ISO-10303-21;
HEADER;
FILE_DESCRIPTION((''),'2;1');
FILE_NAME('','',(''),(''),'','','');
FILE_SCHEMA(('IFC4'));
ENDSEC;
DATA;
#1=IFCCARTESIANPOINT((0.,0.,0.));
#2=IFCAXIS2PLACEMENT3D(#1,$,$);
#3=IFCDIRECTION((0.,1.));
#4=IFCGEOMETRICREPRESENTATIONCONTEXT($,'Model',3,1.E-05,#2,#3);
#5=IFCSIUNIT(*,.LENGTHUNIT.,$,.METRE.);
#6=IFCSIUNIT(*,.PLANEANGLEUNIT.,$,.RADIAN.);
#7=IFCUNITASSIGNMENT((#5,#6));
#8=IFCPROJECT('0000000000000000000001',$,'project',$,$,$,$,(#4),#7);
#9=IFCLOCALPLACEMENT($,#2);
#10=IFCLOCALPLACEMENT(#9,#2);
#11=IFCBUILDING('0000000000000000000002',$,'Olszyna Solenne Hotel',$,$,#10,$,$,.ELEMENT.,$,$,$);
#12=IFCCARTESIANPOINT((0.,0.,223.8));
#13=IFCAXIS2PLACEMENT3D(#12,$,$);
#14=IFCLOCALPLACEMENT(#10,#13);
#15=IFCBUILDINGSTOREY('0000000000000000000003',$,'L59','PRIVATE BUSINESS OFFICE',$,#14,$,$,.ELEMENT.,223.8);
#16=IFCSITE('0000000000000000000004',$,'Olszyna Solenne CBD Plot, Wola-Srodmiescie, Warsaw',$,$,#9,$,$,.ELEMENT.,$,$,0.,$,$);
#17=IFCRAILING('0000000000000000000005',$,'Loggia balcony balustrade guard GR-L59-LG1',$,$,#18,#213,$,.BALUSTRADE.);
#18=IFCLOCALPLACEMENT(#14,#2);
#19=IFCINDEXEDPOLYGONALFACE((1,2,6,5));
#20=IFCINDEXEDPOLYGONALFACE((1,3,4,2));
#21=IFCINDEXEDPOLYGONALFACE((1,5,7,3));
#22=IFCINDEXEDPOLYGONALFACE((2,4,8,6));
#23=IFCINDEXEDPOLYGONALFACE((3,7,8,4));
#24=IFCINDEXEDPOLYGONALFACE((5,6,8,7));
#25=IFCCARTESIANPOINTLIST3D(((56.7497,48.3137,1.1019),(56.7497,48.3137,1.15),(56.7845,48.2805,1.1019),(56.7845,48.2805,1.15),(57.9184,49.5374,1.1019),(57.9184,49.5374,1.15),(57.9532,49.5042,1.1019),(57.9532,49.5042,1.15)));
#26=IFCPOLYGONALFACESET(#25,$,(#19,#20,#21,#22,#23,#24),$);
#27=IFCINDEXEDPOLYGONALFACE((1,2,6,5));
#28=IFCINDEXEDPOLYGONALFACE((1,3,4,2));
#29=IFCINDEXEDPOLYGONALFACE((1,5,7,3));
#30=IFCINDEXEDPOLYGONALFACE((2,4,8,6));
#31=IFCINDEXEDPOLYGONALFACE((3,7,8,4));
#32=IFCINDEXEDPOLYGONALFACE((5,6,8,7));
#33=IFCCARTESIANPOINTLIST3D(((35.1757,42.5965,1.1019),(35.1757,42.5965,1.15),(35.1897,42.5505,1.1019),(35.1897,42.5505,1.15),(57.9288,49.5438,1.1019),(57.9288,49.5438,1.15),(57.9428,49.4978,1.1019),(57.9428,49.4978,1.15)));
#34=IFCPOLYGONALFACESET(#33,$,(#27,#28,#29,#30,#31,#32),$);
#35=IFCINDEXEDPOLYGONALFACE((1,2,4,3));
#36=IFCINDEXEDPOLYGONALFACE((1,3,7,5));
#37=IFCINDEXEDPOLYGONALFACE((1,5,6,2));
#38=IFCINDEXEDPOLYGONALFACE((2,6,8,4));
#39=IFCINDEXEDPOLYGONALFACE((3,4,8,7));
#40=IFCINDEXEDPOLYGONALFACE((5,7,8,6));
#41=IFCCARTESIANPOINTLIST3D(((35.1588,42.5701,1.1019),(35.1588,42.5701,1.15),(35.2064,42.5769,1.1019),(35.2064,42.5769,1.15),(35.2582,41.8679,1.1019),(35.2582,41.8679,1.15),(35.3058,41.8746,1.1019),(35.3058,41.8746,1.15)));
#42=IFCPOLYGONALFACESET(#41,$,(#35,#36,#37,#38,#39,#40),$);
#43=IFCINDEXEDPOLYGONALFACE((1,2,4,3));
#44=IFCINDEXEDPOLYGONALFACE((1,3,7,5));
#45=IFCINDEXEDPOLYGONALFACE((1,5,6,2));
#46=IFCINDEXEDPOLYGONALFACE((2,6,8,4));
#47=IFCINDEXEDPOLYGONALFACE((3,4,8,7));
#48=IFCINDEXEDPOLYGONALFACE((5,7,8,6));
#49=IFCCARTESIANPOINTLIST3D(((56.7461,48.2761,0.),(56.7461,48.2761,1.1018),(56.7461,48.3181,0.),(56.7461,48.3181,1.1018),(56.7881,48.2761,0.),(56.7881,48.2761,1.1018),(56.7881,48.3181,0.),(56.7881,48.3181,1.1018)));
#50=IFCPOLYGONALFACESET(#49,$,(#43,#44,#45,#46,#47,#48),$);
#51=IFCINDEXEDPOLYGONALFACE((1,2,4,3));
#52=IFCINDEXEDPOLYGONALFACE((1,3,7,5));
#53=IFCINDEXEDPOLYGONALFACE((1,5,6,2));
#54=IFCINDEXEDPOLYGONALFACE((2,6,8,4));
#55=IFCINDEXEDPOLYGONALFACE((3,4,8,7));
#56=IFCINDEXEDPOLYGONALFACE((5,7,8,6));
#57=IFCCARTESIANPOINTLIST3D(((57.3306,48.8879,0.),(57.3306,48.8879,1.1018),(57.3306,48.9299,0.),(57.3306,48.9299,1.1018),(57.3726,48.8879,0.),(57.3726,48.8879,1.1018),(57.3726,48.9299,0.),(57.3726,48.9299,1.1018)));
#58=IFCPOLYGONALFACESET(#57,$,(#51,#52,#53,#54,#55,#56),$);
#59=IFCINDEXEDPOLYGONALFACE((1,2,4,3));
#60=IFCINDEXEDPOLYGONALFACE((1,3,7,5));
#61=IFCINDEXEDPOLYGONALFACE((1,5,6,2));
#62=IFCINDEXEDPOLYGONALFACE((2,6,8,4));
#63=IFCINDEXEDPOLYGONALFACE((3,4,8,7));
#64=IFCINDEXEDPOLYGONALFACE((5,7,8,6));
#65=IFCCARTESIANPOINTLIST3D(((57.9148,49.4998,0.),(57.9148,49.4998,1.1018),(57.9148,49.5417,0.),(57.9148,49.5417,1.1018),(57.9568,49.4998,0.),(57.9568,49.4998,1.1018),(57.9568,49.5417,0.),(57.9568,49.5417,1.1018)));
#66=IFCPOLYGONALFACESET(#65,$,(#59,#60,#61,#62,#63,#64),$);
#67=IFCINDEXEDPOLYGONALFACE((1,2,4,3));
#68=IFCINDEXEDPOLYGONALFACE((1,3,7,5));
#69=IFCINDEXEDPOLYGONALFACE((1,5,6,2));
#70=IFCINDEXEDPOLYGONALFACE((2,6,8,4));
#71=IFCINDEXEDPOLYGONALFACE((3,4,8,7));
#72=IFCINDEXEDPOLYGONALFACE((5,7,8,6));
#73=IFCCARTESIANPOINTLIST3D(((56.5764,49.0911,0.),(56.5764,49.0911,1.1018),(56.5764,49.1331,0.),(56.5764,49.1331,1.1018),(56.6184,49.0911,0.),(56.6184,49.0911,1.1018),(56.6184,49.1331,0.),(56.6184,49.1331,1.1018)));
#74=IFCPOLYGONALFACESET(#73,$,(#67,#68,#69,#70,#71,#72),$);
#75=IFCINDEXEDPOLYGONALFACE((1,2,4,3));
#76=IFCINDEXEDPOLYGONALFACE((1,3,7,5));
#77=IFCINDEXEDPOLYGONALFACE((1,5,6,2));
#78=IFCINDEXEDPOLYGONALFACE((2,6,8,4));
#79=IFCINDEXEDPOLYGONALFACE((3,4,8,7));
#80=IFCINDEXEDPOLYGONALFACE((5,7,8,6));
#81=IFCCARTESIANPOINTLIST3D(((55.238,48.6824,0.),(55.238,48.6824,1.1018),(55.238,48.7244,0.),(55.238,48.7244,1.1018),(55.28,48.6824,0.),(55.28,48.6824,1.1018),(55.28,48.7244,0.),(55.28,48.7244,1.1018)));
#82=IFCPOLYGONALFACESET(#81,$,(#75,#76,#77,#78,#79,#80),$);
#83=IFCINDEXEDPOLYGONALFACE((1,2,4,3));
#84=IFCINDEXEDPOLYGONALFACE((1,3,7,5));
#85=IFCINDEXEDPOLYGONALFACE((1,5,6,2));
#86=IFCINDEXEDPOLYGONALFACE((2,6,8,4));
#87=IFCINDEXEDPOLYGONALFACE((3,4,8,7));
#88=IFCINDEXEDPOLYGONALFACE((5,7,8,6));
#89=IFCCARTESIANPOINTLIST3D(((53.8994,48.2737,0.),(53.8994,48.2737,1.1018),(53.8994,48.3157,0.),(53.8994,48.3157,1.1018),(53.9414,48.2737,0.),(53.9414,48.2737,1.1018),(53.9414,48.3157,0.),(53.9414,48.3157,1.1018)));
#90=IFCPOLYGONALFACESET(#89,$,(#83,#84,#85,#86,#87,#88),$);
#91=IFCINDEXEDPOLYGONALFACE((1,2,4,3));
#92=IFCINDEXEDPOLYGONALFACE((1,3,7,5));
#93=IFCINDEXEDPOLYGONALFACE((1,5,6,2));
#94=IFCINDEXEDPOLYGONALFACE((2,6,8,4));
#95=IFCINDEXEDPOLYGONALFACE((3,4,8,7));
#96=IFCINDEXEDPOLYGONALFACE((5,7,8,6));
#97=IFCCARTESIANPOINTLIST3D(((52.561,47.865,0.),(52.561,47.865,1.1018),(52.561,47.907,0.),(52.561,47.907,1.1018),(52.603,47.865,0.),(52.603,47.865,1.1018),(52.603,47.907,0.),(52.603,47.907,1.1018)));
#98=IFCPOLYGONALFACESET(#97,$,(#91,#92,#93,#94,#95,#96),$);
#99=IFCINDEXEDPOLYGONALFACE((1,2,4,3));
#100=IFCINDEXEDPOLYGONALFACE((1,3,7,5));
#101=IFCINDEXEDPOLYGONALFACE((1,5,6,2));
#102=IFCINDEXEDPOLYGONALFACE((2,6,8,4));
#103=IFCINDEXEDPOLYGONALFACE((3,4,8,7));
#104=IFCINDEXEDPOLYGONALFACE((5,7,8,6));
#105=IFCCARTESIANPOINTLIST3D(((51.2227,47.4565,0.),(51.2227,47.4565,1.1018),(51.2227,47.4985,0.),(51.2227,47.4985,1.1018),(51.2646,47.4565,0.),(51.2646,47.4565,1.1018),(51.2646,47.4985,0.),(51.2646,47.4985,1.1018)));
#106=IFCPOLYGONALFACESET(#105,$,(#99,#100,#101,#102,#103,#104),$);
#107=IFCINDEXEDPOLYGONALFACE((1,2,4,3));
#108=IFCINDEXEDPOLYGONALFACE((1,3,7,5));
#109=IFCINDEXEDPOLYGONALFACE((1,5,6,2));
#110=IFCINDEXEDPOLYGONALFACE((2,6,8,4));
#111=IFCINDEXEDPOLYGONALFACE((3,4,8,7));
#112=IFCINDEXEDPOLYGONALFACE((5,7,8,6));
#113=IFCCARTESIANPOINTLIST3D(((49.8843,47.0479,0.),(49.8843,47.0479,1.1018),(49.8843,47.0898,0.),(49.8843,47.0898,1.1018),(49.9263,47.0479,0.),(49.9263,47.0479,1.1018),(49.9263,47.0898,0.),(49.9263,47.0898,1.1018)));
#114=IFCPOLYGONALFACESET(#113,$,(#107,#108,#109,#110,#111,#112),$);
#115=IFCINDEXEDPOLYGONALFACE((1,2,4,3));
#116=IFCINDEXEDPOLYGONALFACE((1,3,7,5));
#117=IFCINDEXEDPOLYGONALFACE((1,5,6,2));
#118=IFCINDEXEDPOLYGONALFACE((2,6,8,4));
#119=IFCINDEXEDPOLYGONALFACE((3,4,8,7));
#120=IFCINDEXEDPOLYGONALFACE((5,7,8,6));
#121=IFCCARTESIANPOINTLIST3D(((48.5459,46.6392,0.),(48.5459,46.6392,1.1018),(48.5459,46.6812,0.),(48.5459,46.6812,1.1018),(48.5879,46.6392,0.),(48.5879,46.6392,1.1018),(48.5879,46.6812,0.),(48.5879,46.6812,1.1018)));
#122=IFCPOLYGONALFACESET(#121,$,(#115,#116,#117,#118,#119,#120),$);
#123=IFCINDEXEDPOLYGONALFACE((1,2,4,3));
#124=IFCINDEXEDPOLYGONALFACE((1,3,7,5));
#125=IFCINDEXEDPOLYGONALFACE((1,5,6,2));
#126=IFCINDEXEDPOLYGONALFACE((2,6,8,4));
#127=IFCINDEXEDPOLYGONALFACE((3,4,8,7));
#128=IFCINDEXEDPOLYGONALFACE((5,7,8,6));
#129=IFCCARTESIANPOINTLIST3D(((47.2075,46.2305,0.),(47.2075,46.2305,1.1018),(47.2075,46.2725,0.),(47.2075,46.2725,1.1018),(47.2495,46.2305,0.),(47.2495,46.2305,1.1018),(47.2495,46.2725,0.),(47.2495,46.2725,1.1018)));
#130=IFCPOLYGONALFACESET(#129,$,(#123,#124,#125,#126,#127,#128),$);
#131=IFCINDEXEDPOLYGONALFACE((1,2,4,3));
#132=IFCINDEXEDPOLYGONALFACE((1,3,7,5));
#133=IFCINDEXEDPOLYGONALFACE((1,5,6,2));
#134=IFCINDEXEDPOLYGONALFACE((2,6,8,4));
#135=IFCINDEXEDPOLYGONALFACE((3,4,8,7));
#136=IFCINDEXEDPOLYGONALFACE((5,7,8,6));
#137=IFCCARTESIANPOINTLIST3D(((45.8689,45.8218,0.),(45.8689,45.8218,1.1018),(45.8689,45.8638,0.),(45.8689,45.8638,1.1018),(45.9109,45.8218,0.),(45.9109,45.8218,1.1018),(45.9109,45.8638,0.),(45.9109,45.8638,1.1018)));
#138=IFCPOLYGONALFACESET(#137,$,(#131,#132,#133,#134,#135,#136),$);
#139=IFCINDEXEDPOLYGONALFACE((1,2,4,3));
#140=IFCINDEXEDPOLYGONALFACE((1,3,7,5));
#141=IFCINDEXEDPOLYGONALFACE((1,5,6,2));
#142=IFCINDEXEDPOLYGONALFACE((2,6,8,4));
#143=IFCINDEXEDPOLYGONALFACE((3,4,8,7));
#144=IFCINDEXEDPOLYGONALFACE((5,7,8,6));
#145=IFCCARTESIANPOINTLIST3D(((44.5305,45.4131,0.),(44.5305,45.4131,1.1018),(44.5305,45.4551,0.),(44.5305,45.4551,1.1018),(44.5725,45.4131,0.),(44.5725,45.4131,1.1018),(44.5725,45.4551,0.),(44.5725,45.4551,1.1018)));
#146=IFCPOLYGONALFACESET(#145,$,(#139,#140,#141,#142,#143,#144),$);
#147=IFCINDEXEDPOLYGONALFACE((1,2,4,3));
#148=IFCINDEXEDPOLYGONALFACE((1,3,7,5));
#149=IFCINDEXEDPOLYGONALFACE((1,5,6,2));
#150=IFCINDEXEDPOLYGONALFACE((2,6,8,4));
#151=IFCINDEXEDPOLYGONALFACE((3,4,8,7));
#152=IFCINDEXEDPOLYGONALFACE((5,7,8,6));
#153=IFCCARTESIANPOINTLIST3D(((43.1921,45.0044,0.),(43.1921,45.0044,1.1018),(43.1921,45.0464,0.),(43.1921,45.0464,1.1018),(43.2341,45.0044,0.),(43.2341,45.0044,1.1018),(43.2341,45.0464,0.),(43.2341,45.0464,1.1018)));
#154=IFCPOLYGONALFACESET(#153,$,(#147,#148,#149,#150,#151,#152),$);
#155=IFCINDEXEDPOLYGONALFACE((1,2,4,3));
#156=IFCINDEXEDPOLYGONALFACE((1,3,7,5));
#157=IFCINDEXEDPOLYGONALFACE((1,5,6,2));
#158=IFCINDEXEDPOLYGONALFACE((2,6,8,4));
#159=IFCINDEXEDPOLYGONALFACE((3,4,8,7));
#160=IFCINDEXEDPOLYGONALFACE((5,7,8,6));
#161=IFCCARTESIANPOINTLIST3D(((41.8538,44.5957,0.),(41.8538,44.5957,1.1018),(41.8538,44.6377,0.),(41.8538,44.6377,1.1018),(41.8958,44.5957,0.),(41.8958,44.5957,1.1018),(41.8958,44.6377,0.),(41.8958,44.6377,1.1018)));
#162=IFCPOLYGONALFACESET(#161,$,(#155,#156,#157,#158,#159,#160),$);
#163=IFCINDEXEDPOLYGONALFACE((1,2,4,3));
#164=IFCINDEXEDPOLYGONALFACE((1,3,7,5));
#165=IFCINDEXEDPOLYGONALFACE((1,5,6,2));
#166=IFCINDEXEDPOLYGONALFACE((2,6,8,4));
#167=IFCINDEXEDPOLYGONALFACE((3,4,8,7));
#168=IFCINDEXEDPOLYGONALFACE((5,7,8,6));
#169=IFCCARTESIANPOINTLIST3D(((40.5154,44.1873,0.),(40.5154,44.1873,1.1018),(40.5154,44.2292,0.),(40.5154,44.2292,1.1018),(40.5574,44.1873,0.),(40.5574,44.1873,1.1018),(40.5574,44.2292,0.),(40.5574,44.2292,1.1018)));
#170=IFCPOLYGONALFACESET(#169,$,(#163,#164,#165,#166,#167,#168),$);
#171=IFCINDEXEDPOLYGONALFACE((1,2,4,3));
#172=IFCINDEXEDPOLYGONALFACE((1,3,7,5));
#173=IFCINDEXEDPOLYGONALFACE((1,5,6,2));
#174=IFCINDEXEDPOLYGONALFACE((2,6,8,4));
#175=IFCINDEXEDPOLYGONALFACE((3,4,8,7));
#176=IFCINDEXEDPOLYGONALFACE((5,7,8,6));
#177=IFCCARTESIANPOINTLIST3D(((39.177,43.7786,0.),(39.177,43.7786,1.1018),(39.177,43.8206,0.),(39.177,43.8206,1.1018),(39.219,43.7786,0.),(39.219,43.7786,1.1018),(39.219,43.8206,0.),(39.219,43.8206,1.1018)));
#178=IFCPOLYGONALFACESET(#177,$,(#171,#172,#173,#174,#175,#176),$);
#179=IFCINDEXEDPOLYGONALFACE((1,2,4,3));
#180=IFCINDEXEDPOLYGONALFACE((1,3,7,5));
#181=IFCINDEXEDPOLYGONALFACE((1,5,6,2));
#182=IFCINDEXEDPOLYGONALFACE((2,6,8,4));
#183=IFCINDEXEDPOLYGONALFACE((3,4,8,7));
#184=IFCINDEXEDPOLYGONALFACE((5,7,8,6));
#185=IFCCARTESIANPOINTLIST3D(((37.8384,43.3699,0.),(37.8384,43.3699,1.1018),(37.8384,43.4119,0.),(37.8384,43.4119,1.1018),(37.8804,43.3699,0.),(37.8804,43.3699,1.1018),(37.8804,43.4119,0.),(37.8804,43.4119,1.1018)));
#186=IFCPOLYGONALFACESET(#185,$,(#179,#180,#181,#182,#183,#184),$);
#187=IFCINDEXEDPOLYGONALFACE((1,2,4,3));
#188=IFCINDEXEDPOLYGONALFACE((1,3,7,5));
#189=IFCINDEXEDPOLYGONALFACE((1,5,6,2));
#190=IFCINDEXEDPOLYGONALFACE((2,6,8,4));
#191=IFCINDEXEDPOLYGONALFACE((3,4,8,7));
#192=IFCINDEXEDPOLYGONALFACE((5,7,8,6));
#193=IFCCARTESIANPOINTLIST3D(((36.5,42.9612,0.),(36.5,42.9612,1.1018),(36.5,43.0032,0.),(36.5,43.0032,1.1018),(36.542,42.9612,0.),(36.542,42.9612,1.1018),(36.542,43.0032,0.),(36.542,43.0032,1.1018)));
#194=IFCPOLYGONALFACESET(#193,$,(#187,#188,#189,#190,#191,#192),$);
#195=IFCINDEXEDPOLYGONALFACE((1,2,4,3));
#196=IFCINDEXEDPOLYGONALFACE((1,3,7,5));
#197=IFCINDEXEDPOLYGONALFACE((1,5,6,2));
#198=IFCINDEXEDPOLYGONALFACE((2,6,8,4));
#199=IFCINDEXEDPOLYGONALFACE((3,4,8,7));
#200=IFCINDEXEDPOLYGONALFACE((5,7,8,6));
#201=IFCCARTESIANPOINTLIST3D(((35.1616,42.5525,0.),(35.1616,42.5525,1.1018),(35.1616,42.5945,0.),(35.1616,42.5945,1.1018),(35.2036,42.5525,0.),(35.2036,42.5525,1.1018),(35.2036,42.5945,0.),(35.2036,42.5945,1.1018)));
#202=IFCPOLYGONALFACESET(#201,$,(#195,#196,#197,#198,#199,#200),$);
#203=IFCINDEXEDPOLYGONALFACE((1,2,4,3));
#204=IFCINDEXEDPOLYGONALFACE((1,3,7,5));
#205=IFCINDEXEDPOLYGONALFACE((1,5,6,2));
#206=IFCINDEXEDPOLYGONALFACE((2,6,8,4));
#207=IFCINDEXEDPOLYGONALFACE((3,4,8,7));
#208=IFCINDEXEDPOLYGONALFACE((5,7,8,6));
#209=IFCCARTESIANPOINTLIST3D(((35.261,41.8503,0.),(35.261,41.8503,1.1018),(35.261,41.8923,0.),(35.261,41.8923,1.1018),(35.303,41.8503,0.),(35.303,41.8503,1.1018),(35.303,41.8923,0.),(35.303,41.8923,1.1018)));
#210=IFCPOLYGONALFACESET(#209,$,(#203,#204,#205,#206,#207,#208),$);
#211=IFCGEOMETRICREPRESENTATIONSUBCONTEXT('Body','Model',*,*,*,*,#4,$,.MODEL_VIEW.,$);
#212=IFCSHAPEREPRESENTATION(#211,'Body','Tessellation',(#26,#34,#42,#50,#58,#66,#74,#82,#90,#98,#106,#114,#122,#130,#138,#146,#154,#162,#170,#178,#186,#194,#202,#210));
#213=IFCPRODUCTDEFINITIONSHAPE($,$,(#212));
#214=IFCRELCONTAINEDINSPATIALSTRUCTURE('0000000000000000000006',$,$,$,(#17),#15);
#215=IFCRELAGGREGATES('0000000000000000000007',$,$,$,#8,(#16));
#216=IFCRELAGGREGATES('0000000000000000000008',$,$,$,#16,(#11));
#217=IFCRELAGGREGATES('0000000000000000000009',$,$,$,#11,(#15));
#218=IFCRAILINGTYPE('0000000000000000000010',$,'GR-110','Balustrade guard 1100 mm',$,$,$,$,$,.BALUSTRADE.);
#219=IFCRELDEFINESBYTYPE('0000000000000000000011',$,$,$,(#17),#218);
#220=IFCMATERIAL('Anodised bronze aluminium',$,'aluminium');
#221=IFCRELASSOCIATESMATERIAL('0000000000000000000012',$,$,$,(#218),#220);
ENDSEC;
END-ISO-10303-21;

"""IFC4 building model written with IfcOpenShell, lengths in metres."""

from ifc_helpers import new_model, si_unit, direction, frame, origin, origin_2d, place, context, subcontext, project, spatial, rectangle, extrude, material, type_object, element, save


model = new_model("IFC4")

# Units and contexts
model_context = context("Model", 3, precision=1e-05, world=origin(), true_north=direction((0.0, 1.0)))
body_context = subcontext(model_context, "Body", "Model", "MODEL_VIEW")
ifc_project = project(units=[si_unit("LENGTHUNIT", "METRE"), si_unit("PLANEANGLEUNIT", "RADIAN")], contexts=[model_context])

# Site, building, storey
site_placement = place(None, origin())
site = spatial("IfcSite", under=ifc_project, at=site_placement, Name="Olszyna Solenne CBD Plot, Wola-Srodmiescie, Warsaw", CompositionType="ELEMENT", RefElevation=0.0)
building_placement = place(site_placement, origin())
building = spatial("IfcBuilding", under=site, at=building_placement, Name="Olszyna Solenne Hotel", CompositionType="ELEMENT")
storey_placement = place(building_placement, frame((0.0, 0.0, 223.8)))
storey = spatial("IfcBuildingStorey", under=building, at=storey_placement, Name="L59", Description="PRIVATE BUSINESS OFFICE", CompositionType="ELEMENT", Elevation=223.8)

# Railing
ifc_material_1 = material(Name="Anodised bronze aluminium", Category="aluminium")
railing_type = type_object("IfcRailingType", Name="GR-110", Description="Balustrade guard 1100 mm", PredefinedType="BALUSTRADE", material=ifc_material_1)
railing_placement = place(storey_placement, frame((56.7671, 48.2971, 0.0)))
element("IfcRailing", 1, at=railing_placement, inside=storey, type_object=railing_type, Name="Loggia balcony balustrade guard GR-L59-LG1", PredefinedType="BALUSTRADE", context=body_context, shape_type="SweptSolid", body=[
    extrude(rectangle(XDim=0.0481, YDim=0.0481, at=origin_2d()), frame((0.0, 0.0, 1.126), z_axis=(0.690688, 0.723152, 0.0), x_axis=(-0.723152, 0.690688, 0.0)), (0.0, 0.0, 1.0), 1.6921),
    extrude(rectangle(XDim=0.0481, YDim=0.0481, at=origin_2d()), frame((1.1687, 1.2236, 1.126), z_axis=(-0.956411, -0.292023, 0.0), x_axis=(0.292023, -0.956411, 0.0)), (0.0, 0.0, 1.0), 23.79),
    extrude(rectangle(XDim=0.0481, YDim=0.0481, at=origin_2d()), frame((-21.5845, -5.7236, 1.126), z_axis=(0.14012, -0.990135, 0.0), x_axis=(0.990135, 0.14012, 0.0)), (0.0, 0.0, 1.0), 0.7092),
    extrude(rectangle(XDim=0.042, YDim=0.042, at=origin_2d()), origin(), (0.0, 0.0, 1.0), 1.1018),
    extrude(rectangle(XDim=0.042, YDim=0.042, at=origin_2d()), frame((0.5845, 0.6118, 0.0)), (0.0, 0.0, 1.0), 1.1018),
    extrude(rectangle(XDim=0.042, YDim=0.042, at=origin_2d()), frame((1.1687, 1.2236, 0.0)), (0.0, 0.0, 1.0), 1.1018),
    extrude(rectangle(XDim=0.042, YDim=0.042, at=origin_2d()), frame((-0.1697, 0.8149, 0.0)), (0.0, 0.0, 1.0), 1.1018),
    extrude(rectangle(XDim=0.042, YDim=0.042, at=origin_2d()), frame((-1.5081, 0.4062, 0.0)), (0.0, 0.0, 1.0), 1.1018),
    extrude(rectangle(XDim=0.042, YDim=0.042, at=origin_2d()), frame((-2.8467, -0.0024, 0.0)), (0.0, 0.0, 1.0), 1.1018),
    extrude(rectangle(XDim=0.042, YDim=0.042, at=origin_2d()), frame((-4.1851, -0.4111, 0.0)), (0.0, 0.0, 1.0), 1.1018),
    extrude(rectangle(XDim=0.042, YDim=0.042, at=origin_2d()), frame((-5.5234, -0.8196, 0.0)), (0.0, 0.0, 1.0), 1.1018),
    extrude(rectangle(XDim=0.042, YDim=0.042, at=origin_2d()), frame((-6.8618, -1.2283, 0.0)), (0.0, 0.0, 1.0), 1.1018),
    extrude(rectangle(XDim=0.042, YDim=0.042, at=origin_2d()), frame((-8.2002, -1.637, 0.0)), (0.0, 0.0, 1.0), 1.1018),
    extrude(rectangle(XDim=0.042, YDim=0.042, at=origin_2d()), frame((-9.5386, -2.0457, 0.0)), (0.0, 0.0, 1.0), 1.1018),
    extrude(rectangle(XDim=0.042, YDim=0.042, at=origin_2d()), frame((-10.8772, -2.4543, 0.0)), (0.0, 0.0, 1.0), 1.1018),
    extrude(rectangle(XDim=0.042, YDim=0.042, at=origin_2d()), frame((-12.2156, -2.863, 0.0)), (0.0, 0.0, 1.0), 1.1018),
    extrude(rectangle(XDim=0.042, YDim=0.042, at=origin_2d()), frame((-13.554, -3.2717, 0.0)), (0.0, 0.0, 1.0), 1.1018),
    extrude(rectangle(XDim=0.042, YDim=0.042, at=origin_2d()), frame((-14.8923, -3.6804, 0.0)), (0.0, 0.0, 1.0), 1.1018),
    extrude(rectangle(XDim=0.042, YDim=0.042, at=origin_2d()), frame((-16.2307, -4.0889, 0.0)), (0.0, 0.0, 1.0), 1.1018),
    extrude(rectangle(XDim=0.042, YDim=0.042, at=origin_2d()), frame((-17.5691, -4.4976, 0.0)), (0.0, 0.0, 1.0), 1.1018),
    extrude(rectangle(XDim=0.042, YDim=0.042, at=origin_2d()), frame((-18.9077, -4.9062, 0.0)), (0.0, 0.0, 1.0), 1.1018),
    extrude(rectangle(XDim=0.042, YDim=0.042, at=origin_2d()), frame((-20.2461, -5.3149, 0.0)), (0.0, 0.0, 1.0), 1.1018),
    extrude(rectangle(XDim=0.042, YDim=0.042, at=origin_2d()), frame((-21.5845, -5.7236, 0.0)), (0.0, 0.0, 1.0), 1.1018),
    extrude(rectangle(XDim=0.042, YDim=0.042, at=origin_2d()), frame((-21.4851, -6.4258, 0.0)), (0.0, 0.0, 1.0), 1.1018),
])

save(model, "model.ifc")
